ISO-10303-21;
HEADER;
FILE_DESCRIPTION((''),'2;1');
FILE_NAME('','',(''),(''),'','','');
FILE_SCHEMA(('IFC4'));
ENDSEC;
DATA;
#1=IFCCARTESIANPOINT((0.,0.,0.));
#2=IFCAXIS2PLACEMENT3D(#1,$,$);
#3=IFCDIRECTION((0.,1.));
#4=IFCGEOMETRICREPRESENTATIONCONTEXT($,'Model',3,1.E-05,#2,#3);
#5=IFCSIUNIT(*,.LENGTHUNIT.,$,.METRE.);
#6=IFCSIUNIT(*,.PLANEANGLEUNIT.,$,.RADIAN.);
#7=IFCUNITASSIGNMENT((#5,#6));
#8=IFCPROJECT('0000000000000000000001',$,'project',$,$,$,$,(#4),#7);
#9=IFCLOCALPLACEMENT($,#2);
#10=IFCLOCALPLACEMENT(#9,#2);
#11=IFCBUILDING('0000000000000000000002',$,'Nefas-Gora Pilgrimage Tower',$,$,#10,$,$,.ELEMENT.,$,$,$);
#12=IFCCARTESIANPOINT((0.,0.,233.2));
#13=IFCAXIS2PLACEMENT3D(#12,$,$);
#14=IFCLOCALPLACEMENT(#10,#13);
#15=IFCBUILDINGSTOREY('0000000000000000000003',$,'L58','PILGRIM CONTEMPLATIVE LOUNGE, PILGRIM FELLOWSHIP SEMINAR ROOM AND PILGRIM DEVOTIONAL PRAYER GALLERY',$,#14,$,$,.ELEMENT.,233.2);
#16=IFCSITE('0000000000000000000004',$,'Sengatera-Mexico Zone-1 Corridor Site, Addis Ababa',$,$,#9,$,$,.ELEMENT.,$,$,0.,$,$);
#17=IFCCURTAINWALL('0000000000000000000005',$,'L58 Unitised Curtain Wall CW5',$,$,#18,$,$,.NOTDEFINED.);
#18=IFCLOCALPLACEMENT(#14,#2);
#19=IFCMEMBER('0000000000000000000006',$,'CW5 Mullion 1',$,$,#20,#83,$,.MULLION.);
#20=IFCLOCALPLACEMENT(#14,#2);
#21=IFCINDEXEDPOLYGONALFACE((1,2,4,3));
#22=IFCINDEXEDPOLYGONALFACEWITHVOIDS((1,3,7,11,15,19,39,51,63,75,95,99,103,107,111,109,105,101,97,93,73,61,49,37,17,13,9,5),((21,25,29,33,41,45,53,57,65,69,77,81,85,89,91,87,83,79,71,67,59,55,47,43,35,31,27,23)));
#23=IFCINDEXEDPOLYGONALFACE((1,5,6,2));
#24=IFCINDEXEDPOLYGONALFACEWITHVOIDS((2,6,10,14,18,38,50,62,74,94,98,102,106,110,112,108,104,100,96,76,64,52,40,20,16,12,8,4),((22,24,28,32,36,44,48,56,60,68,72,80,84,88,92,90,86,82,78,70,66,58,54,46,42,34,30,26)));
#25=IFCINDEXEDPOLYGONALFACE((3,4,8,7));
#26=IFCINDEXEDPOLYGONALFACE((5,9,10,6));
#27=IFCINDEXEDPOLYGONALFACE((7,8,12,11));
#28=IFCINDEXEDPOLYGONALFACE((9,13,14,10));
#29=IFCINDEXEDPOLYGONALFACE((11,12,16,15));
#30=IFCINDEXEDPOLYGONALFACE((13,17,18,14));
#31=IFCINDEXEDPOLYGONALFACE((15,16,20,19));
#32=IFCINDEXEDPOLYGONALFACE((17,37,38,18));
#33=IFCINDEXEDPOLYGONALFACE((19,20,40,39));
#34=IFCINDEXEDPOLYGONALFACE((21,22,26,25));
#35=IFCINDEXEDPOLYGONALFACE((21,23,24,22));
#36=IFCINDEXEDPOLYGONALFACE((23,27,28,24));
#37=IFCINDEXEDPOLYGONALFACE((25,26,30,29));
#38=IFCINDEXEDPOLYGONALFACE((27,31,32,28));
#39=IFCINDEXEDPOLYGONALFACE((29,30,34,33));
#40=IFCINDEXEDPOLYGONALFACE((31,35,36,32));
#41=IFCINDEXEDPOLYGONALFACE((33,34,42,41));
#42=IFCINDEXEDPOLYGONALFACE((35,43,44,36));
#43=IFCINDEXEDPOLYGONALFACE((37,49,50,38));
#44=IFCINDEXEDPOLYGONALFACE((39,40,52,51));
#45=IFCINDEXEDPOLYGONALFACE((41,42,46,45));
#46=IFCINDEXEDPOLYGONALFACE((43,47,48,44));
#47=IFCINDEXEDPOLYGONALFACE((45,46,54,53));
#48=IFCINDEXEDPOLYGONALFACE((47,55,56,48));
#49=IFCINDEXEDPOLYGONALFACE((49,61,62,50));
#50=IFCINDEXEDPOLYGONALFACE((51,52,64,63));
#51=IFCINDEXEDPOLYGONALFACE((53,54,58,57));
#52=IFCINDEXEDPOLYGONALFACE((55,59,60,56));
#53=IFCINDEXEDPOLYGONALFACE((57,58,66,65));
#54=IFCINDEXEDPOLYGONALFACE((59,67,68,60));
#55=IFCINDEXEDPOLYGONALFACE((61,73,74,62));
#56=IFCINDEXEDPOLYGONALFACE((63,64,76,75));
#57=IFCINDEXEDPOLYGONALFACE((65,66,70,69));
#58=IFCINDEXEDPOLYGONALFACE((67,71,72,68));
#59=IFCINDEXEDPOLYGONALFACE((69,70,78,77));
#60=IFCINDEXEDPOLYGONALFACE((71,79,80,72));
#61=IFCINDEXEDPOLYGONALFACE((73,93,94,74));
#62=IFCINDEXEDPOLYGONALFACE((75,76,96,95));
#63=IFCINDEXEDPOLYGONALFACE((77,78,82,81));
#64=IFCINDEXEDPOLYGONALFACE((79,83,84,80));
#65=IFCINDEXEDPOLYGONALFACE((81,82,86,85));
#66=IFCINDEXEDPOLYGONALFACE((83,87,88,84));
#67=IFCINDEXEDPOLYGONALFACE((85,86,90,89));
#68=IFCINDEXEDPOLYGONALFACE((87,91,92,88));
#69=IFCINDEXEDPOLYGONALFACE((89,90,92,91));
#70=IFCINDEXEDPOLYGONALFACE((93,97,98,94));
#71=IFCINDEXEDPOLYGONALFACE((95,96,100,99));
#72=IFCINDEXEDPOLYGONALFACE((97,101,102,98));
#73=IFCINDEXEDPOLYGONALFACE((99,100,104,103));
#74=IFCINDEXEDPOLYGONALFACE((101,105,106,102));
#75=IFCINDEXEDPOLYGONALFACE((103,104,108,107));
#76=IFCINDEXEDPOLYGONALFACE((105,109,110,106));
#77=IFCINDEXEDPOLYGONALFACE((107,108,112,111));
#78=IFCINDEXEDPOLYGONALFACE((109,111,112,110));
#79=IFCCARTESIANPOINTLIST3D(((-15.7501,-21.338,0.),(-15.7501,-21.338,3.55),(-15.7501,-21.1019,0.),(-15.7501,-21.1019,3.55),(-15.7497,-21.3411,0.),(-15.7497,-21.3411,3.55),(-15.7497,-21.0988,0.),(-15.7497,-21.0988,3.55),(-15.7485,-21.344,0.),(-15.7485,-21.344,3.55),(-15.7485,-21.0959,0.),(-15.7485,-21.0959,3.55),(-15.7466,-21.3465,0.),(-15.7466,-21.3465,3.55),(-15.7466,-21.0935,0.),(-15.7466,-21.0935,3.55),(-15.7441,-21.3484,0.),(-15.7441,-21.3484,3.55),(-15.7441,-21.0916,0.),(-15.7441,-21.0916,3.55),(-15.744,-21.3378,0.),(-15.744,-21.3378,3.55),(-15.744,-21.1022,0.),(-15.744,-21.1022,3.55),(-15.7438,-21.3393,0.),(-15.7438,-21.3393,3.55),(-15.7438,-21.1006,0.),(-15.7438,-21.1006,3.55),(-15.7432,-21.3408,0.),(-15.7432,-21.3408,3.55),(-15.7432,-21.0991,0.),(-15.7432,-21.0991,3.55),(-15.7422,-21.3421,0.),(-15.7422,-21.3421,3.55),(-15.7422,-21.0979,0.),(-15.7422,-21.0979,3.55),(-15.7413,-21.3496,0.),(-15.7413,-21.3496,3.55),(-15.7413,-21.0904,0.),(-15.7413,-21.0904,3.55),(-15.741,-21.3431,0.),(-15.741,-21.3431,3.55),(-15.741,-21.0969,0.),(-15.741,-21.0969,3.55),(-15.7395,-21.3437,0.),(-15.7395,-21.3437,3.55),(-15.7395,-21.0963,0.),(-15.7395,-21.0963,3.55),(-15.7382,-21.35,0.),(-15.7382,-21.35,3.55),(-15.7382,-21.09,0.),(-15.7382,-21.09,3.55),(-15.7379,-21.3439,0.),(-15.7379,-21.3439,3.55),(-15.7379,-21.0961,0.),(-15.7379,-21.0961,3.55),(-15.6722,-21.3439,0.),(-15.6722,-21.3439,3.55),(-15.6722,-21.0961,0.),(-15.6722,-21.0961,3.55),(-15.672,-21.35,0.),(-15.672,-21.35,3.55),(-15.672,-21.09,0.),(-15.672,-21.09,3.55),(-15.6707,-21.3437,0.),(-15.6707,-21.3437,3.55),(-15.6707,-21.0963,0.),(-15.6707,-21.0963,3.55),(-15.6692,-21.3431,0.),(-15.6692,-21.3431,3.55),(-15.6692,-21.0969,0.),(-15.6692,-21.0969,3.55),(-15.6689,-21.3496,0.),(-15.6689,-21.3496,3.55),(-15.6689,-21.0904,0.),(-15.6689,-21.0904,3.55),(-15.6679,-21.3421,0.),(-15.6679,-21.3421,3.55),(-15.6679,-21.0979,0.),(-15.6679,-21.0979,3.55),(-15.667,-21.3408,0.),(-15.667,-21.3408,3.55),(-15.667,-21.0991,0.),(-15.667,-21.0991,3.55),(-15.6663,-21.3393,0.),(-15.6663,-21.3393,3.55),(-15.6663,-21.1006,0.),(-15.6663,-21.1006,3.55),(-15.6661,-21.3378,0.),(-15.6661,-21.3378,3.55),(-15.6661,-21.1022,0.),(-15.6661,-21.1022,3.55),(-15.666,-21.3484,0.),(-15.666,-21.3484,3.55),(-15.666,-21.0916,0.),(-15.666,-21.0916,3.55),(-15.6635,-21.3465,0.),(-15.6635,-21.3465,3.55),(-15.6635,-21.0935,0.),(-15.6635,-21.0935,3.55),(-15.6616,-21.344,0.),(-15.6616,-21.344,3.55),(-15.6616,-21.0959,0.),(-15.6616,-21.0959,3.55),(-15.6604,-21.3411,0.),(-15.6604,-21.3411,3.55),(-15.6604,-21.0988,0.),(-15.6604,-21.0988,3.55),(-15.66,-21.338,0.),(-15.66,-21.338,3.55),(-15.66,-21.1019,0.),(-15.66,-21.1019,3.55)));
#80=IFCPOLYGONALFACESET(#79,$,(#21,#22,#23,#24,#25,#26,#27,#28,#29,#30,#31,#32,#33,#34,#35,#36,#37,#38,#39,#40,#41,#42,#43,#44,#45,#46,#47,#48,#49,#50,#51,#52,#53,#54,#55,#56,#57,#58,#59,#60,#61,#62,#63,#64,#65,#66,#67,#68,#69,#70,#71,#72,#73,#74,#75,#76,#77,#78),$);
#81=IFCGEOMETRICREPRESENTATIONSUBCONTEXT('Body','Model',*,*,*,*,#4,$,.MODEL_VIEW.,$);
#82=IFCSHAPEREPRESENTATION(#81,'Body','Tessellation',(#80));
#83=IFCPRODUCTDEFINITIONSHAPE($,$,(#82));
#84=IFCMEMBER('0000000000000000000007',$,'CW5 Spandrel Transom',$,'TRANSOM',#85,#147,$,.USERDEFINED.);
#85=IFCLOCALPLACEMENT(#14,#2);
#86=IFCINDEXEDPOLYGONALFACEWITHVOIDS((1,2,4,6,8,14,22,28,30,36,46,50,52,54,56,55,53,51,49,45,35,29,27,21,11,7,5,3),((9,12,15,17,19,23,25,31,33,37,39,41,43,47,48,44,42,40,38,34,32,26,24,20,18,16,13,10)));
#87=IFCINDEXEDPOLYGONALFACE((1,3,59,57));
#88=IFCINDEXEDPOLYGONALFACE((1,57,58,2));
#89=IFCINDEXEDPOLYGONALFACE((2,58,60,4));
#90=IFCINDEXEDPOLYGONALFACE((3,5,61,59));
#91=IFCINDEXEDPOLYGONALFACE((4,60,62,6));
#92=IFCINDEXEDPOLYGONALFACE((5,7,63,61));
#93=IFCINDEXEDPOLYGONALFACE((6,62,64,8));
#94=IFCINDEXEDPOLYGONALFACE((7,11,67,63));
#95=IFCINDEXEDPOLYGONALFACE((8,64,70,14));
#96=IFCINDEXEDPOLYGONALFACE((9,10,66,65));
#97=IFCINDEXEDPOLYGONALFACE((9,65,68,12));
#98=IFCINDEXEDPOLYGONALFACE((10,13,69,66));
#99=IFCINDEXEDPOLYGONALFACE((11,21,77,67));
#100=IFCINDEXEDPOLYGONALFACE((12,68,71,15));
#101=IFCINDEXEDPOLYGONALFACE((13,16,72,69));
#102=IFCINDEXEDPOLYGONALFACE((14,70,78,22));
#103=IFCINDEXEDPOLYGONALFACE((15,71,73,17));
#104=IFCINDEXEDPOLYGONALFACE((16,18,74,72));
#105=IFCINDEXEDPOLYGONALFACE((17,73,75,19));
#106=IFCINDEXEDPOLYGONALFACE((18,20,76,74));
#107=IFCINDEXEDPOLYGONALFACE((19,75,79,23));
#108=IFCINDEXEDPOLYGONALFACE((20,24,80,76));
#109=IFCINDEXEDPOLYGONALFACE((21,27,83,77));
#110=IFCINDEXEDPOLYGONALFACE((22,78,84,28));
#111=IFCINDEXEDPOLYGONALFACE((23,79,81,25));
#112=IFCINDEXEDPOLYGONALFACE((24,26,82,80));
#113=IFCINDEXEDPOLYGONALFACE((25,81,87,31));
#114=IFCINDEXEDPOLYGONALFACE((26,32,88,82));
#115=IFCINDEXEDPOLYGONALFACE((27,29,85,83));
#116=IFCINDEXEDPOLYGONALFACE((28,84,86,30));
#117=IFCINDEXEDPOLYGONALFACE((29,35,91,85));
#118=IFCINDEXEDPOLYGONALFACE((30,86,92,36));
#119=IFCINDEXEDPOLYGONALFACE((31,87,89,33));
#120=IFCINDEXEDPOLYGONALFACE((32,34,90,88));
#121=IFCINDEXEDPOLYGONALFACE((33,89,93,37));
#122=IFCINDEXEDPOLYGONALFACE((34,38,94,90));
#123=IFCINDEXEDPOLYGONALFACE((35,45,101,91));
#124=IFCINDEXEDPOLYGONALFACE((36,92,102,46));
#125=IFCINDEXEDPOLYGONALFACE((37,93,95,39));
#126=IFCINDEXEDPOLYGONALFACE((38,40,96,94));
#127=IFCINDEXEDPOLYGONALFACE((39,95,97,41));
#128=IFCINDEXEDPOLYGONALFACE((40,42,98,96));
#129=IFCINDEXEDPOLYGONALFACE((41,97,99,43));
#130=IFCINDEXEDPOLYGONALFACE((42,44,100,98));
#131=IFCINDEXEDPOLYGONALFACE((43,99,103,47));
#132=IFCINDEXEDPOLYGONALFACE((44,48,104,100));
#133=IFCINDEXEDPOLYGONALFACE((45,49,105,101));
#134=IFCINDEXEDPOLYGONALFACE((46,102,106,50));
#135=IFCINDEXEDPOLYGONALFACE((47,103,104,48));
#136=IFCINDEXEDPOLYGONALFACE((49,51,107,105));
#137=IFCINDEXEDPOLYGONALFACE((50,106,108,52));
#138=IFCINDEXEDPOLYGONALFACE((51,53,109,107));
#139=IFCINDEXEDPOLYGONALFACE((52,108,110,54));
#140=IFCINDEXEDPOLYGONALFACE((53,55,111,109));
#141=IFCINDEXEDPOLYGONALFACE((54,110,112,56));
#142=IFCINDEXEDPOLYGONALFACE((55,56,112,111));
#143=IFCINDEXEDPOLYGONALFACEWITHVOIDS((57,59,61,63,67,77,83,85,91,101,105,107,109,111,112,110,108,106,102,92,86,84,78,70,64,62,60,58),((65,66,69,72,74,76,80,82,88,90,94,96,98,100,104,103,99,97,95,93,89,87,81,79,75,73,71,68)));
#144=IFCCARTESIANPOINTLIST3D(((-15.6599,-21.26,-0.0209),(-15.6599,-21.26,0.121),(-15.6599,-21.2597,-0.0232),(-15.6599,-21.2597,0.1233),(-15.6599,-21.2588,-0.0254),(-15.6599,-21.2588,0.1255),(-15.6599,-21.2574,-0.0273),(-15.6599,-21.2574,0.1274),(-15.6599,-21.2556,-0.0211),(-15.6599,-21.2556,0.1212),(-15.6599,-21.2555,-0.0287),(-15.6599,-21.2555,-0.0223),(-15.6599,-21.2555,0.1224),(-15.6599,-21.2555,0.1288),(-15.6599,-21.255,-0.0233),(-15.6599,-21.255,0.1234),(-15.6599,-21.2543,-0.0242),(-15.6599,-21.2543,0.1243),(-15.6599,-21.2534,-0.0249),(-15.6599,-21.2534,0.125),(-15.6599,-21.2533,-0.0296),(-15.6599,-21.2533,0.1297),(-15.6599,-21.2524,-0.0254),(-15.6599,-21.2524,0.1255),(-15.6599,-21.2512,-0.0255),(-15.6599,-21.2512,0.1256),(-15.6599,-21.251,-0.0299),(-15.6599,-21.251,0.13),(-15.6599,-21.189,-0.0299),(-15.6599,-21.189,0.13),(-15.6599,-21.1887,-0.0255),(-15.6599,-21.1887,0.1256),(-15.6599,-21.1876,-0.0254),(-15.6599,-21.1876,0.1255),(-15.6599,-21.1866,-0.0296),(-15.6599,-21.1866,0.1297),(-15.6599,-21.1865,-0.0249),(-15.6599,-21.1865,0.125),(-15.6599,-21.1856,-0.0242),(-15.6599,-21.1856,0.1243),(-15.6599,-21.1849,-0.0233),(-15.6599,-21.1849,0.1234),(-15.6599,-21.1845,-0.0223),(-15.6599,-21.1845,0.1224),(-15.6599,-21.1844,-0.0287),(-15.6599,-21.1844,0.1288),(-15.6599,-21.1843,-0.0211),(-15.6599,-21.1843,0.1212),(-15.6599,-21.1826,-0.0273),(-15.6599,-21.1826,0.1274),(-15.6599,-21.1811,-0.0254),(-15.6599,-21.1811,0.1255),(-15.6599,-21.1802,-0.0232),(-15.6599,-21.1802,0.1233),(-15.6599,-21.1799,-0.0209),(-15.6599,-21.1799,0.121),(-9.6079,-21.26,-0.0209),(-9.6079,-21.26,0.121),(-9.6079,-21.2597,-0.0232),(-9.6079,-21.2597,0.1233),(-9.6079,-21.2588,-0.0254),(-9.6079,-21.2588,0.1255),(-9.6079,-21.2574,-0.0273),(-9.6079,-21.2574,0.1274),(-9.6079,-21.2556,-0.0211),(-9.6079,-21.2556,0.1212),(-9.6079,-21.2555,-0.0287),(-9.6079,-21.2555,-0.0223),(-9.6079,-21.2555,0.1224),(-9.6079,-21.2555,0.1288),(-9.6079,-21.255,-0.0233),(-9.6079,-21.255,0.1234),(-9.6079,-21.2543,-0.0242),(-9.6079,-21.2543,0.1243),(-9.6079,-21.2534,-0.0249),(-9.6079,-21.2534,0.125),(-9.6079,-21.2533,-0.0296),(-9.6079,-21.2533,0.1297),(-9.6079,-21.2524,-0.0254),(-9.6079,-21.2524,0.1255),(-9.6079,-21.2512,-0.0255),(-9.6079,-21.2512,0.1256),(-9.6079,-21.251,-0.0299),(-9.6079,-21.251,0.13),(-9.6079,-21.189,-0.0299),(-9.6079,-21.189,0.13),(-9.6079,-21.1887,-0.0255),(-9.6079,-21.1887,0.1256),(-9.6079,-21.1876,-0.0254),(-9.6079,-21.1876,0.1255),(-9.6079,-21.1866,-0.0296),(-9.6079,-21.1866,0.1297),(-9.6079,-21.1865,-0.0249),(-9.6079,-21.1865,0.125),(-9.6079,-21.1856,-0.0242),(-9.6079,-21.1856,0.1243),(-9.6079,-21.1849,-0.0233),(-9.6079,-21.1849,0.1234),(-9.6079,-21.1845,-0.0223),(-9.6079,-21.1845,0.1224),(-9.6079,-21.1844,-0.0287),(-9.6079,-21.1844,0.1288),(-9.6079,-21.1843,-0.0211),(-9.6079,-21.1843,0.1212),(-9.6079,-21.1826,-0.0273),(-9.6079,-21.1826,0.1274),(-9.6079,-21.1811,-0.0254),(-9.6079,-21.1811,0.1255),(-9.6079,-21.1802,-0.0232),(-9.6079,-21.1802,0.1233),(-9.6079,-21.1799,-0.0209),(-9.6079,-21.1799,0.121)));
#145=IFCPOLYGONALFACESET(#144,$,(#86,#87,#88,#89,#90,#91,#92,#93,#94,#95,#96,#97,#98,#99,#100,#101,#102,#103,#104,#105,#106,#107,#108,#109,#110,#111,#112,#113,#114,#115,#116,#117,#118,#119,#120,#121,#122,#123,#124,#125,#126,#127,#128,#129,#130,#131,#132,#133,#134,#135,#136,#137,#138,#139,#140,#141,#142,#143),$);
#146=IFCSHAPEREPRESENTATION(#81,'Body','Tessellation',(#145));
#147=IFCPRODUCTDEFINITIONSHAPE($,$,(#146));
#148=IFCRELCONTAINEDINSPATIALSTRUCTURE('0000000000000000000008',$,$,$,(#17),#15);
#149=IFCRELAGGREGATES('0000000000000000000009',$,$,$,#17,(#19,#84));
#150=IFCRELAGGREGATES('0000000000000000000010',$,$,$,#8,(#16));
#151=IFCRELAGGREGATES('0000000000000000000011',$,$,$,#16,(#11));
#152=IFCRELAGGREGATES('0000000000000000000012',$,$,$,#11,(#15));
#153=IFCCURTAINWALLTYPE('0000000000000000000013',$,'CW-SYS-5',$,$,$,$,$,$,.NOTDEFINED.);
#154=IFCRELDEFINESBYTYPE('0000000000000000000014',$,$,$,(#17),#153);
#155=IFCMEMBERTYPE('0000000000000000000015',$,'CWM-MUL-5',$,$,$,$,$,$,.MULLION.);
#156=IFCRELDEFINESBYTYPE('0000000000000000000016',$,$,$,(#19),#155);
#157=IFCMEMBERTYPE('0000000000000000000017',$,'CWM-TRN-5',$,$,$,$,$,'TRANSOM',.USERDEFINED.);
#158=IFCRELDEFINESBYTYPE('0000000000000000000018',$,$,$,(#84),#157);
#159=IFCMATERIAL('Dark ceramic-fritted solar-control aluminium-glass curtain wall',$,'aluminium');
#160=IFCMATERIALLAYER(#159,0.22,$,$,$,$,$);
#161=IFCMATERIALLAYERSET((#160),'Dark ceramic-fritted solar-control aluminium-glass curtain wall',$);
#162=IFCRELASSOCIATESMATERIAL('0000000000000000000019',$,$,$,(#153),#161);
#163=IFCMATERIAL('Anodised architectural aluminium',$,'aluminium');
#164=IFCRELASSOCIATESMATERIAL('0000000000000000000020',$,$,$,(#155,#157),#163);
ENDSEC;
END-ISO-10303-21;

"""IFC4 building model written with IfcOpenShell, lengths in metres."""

from ifc_helpers import new_model, si_unit, direction, frame, origin, origin_2d, place, context, subcontext, project, spatial, hollow_rectangle, extrude, source, transform, mapped, material, layer, layer_set, material_profile, profile_set, type_object, element, aggregate, save


model = new_model("IFC4")

# Units and contexts
model_context = context("Model", 3, precision=1e-05, world=origin(), true_north=direction((0.0, 1.0)))
body_context = subcontext(model_context, "Body", "Model", "MODEL_VIEW")
ifc_project = project(units=[si_unit("LENGTHUNIT", "METRE"), si_unit("PLANEANGLEUNIT", "RADIAN")], contexts=[model_context])

# Site, building, storey
site_placement = place(None, origin())
site = spatial("IfcSite", under=ifc_project, at=site_placement, Name="Sengatera-Mexico Zone-1 Corridor Site, Addis Ababa", CompositionType="ELEMENT", RefElevation=0.0)
building_placement = place(site_placement, origin())
building = spatial("IfcBuilding", under=site, at=building_placement, Name="Nefas-Gora Pilgrimage Tower", CompositionType="ELEMENT")
storey_placement = place(building_placement, frame((0.0, 0.0, 233.2)))
storey = spatial("IfcBuildingStorey", under=building, at=storey_placement, Name="L58", Description="PILGRIM CONTEMPLATIVE LOUNGE, PILGRIM FELLOWSHIP SEMINAR ROOM AND PILGRIM DEVOTIONAL PRAYER GALLERY", CompositionType="ELEMENT", Elevation=233.2)

# Curtain wall, members
ifc_material_1 = material(Name="Dark ceramic-fritted solar-control aluminium-glass curtain wall", Category="aluminium")
ifc_layer_1 = layer(ifc_material_1, 0.22)
ifc_layer_set_1 = layer_set([ifc_layer_1], Name="Dark ceramic-fritted solar-control aluminium-glass curtain wall")
curtain_wall_type_1 = type_object("IfcCurtainWallType", Name="CW-SYS-5", PredefinedType="NOTDEFINED", material=ifc_layer_set_1)
curtain_wall_1_placement = place(storey_placement, origin())
curtain_wall_1 = element("IfcCurtainWall", 1, at=curtain_wall_1_placement, inside=storey, type_object=curtain_wall_type_1, Name="L58 Unitised Curtain Wall CW5", PredefinedType="NOTDEFINED")
ifc_material_2 = material(Name="Anodised architectural aluminium", Category="aluminium")
ifc_material_profile_1 = material_profile(ifc_material_2, hollow_rectangle(XDim=0.0901, YDim=0.26, WallThickness=0.0061, InnerFilletRadius=0.0061, OuterFilletRadius=0.012, at=origin_2d()), Name="ALU MULLION 90x260")
ifc_profile_set_1 = profile_set([ifc_material_profile_1], Name="Anodised architectural aluminium")
member_type_1 = type_object("IfcMemberType", Name="CWM-MUL-5", PredefinedType="MULLION", material=ifc_profile_set_1)
shared_shape_1 = source(origin(), body_context, "Body", "SweptSolid", [
    extrude(hollow_rectangle(XDim=0.0901, YDim=0.26, WallThickness=0.0061, InnerFilletRadius=0.0061, OuterFilletRadius=0.012, at=origin_2d()), origin(), (0.0, 0.0, 1.0), 3.55),
])
member_1_placement = place(storey_placement, frame((-15.7051, -21.22, 0.0), z_axis=(0.0, 0.0, 1.0), x_axis=(1.0, 0.0, 0.0)))
member_1 = element("IfcMember", 2, at=member_1_placement, type_object=member_type_1, Name="CW5 Mullion 1", PredefinedType="MULLION", context=body_context, shape_type="MappedRepresentation", body=[
    mapped(shared_shape_1, transform((0.0, 0.0, 0.0), x_axis=(1.0, 0.0, 0.0), y_axis=(0.0, 1.0, 0.0), z_axis=(0.0, 0.0, 1.0), scale=1.0)),
])
ifc_material_profile_2 = material_profile(ifc_material_2, hollow_rectangle(XDim=0.0801, YDim=0.1599, WallThickness=0.0044, InnerFilletRadius=0.0044, OuterFilletRadius=0.009, at=origin_2d()), Name="ALU TRANSOM 80x160")
ifc_profile_set_2 = profile_set([ifc_material_profile_2], Name="Anodised architectural aluminium")
member_type_2 = type_object("IfcMemberType", Name="CWM-TRN-5", ElementType="TRANSOM", PredefinedType="USERDEFINED", material=ifc_profile_set_2)
shared_shape_2 = source(origin(), body_context, "Body", "SweptSolid", [
    extrude(hollow_rectangle(XDim=0.0801, YDim=0.1599, WallThickness=0.0044, InnerFilletRadius=0.0044, OuterFilletRadius=0.009, at=origin_2d()), origin(), (0.0, 0.0, 1.0), 6.052),
])
member_2_placement = place(storey_placement, frame((-15.6599, -21.22, 0.05), z_axis=(1.0, 0.0, 0.0), x_axis=(0.0, 1.0, 0.0)))
member_2 = element("IfcMember", 3, at=member_2_placement, type_object=member_type_2, Name="CW5 Spandrel Transom", ObjectType="TRANSOM", PredefinedType="USERDEFINED", context=body_context, shape_type="MappedRepresentation", body=[
    mapped(shared_shape_2, transform((0.0, 0.0, 0.0), x_axis=(1.0, 0.0, 0.0), y_axis=(0.0, 1.0, 0.0), z_axis=(0.0, 0.0, 1.0), scale=1.0)),
])

aggregate(curtain_wall_1, [member_1, member_2])

save(model, "model.ifc")
